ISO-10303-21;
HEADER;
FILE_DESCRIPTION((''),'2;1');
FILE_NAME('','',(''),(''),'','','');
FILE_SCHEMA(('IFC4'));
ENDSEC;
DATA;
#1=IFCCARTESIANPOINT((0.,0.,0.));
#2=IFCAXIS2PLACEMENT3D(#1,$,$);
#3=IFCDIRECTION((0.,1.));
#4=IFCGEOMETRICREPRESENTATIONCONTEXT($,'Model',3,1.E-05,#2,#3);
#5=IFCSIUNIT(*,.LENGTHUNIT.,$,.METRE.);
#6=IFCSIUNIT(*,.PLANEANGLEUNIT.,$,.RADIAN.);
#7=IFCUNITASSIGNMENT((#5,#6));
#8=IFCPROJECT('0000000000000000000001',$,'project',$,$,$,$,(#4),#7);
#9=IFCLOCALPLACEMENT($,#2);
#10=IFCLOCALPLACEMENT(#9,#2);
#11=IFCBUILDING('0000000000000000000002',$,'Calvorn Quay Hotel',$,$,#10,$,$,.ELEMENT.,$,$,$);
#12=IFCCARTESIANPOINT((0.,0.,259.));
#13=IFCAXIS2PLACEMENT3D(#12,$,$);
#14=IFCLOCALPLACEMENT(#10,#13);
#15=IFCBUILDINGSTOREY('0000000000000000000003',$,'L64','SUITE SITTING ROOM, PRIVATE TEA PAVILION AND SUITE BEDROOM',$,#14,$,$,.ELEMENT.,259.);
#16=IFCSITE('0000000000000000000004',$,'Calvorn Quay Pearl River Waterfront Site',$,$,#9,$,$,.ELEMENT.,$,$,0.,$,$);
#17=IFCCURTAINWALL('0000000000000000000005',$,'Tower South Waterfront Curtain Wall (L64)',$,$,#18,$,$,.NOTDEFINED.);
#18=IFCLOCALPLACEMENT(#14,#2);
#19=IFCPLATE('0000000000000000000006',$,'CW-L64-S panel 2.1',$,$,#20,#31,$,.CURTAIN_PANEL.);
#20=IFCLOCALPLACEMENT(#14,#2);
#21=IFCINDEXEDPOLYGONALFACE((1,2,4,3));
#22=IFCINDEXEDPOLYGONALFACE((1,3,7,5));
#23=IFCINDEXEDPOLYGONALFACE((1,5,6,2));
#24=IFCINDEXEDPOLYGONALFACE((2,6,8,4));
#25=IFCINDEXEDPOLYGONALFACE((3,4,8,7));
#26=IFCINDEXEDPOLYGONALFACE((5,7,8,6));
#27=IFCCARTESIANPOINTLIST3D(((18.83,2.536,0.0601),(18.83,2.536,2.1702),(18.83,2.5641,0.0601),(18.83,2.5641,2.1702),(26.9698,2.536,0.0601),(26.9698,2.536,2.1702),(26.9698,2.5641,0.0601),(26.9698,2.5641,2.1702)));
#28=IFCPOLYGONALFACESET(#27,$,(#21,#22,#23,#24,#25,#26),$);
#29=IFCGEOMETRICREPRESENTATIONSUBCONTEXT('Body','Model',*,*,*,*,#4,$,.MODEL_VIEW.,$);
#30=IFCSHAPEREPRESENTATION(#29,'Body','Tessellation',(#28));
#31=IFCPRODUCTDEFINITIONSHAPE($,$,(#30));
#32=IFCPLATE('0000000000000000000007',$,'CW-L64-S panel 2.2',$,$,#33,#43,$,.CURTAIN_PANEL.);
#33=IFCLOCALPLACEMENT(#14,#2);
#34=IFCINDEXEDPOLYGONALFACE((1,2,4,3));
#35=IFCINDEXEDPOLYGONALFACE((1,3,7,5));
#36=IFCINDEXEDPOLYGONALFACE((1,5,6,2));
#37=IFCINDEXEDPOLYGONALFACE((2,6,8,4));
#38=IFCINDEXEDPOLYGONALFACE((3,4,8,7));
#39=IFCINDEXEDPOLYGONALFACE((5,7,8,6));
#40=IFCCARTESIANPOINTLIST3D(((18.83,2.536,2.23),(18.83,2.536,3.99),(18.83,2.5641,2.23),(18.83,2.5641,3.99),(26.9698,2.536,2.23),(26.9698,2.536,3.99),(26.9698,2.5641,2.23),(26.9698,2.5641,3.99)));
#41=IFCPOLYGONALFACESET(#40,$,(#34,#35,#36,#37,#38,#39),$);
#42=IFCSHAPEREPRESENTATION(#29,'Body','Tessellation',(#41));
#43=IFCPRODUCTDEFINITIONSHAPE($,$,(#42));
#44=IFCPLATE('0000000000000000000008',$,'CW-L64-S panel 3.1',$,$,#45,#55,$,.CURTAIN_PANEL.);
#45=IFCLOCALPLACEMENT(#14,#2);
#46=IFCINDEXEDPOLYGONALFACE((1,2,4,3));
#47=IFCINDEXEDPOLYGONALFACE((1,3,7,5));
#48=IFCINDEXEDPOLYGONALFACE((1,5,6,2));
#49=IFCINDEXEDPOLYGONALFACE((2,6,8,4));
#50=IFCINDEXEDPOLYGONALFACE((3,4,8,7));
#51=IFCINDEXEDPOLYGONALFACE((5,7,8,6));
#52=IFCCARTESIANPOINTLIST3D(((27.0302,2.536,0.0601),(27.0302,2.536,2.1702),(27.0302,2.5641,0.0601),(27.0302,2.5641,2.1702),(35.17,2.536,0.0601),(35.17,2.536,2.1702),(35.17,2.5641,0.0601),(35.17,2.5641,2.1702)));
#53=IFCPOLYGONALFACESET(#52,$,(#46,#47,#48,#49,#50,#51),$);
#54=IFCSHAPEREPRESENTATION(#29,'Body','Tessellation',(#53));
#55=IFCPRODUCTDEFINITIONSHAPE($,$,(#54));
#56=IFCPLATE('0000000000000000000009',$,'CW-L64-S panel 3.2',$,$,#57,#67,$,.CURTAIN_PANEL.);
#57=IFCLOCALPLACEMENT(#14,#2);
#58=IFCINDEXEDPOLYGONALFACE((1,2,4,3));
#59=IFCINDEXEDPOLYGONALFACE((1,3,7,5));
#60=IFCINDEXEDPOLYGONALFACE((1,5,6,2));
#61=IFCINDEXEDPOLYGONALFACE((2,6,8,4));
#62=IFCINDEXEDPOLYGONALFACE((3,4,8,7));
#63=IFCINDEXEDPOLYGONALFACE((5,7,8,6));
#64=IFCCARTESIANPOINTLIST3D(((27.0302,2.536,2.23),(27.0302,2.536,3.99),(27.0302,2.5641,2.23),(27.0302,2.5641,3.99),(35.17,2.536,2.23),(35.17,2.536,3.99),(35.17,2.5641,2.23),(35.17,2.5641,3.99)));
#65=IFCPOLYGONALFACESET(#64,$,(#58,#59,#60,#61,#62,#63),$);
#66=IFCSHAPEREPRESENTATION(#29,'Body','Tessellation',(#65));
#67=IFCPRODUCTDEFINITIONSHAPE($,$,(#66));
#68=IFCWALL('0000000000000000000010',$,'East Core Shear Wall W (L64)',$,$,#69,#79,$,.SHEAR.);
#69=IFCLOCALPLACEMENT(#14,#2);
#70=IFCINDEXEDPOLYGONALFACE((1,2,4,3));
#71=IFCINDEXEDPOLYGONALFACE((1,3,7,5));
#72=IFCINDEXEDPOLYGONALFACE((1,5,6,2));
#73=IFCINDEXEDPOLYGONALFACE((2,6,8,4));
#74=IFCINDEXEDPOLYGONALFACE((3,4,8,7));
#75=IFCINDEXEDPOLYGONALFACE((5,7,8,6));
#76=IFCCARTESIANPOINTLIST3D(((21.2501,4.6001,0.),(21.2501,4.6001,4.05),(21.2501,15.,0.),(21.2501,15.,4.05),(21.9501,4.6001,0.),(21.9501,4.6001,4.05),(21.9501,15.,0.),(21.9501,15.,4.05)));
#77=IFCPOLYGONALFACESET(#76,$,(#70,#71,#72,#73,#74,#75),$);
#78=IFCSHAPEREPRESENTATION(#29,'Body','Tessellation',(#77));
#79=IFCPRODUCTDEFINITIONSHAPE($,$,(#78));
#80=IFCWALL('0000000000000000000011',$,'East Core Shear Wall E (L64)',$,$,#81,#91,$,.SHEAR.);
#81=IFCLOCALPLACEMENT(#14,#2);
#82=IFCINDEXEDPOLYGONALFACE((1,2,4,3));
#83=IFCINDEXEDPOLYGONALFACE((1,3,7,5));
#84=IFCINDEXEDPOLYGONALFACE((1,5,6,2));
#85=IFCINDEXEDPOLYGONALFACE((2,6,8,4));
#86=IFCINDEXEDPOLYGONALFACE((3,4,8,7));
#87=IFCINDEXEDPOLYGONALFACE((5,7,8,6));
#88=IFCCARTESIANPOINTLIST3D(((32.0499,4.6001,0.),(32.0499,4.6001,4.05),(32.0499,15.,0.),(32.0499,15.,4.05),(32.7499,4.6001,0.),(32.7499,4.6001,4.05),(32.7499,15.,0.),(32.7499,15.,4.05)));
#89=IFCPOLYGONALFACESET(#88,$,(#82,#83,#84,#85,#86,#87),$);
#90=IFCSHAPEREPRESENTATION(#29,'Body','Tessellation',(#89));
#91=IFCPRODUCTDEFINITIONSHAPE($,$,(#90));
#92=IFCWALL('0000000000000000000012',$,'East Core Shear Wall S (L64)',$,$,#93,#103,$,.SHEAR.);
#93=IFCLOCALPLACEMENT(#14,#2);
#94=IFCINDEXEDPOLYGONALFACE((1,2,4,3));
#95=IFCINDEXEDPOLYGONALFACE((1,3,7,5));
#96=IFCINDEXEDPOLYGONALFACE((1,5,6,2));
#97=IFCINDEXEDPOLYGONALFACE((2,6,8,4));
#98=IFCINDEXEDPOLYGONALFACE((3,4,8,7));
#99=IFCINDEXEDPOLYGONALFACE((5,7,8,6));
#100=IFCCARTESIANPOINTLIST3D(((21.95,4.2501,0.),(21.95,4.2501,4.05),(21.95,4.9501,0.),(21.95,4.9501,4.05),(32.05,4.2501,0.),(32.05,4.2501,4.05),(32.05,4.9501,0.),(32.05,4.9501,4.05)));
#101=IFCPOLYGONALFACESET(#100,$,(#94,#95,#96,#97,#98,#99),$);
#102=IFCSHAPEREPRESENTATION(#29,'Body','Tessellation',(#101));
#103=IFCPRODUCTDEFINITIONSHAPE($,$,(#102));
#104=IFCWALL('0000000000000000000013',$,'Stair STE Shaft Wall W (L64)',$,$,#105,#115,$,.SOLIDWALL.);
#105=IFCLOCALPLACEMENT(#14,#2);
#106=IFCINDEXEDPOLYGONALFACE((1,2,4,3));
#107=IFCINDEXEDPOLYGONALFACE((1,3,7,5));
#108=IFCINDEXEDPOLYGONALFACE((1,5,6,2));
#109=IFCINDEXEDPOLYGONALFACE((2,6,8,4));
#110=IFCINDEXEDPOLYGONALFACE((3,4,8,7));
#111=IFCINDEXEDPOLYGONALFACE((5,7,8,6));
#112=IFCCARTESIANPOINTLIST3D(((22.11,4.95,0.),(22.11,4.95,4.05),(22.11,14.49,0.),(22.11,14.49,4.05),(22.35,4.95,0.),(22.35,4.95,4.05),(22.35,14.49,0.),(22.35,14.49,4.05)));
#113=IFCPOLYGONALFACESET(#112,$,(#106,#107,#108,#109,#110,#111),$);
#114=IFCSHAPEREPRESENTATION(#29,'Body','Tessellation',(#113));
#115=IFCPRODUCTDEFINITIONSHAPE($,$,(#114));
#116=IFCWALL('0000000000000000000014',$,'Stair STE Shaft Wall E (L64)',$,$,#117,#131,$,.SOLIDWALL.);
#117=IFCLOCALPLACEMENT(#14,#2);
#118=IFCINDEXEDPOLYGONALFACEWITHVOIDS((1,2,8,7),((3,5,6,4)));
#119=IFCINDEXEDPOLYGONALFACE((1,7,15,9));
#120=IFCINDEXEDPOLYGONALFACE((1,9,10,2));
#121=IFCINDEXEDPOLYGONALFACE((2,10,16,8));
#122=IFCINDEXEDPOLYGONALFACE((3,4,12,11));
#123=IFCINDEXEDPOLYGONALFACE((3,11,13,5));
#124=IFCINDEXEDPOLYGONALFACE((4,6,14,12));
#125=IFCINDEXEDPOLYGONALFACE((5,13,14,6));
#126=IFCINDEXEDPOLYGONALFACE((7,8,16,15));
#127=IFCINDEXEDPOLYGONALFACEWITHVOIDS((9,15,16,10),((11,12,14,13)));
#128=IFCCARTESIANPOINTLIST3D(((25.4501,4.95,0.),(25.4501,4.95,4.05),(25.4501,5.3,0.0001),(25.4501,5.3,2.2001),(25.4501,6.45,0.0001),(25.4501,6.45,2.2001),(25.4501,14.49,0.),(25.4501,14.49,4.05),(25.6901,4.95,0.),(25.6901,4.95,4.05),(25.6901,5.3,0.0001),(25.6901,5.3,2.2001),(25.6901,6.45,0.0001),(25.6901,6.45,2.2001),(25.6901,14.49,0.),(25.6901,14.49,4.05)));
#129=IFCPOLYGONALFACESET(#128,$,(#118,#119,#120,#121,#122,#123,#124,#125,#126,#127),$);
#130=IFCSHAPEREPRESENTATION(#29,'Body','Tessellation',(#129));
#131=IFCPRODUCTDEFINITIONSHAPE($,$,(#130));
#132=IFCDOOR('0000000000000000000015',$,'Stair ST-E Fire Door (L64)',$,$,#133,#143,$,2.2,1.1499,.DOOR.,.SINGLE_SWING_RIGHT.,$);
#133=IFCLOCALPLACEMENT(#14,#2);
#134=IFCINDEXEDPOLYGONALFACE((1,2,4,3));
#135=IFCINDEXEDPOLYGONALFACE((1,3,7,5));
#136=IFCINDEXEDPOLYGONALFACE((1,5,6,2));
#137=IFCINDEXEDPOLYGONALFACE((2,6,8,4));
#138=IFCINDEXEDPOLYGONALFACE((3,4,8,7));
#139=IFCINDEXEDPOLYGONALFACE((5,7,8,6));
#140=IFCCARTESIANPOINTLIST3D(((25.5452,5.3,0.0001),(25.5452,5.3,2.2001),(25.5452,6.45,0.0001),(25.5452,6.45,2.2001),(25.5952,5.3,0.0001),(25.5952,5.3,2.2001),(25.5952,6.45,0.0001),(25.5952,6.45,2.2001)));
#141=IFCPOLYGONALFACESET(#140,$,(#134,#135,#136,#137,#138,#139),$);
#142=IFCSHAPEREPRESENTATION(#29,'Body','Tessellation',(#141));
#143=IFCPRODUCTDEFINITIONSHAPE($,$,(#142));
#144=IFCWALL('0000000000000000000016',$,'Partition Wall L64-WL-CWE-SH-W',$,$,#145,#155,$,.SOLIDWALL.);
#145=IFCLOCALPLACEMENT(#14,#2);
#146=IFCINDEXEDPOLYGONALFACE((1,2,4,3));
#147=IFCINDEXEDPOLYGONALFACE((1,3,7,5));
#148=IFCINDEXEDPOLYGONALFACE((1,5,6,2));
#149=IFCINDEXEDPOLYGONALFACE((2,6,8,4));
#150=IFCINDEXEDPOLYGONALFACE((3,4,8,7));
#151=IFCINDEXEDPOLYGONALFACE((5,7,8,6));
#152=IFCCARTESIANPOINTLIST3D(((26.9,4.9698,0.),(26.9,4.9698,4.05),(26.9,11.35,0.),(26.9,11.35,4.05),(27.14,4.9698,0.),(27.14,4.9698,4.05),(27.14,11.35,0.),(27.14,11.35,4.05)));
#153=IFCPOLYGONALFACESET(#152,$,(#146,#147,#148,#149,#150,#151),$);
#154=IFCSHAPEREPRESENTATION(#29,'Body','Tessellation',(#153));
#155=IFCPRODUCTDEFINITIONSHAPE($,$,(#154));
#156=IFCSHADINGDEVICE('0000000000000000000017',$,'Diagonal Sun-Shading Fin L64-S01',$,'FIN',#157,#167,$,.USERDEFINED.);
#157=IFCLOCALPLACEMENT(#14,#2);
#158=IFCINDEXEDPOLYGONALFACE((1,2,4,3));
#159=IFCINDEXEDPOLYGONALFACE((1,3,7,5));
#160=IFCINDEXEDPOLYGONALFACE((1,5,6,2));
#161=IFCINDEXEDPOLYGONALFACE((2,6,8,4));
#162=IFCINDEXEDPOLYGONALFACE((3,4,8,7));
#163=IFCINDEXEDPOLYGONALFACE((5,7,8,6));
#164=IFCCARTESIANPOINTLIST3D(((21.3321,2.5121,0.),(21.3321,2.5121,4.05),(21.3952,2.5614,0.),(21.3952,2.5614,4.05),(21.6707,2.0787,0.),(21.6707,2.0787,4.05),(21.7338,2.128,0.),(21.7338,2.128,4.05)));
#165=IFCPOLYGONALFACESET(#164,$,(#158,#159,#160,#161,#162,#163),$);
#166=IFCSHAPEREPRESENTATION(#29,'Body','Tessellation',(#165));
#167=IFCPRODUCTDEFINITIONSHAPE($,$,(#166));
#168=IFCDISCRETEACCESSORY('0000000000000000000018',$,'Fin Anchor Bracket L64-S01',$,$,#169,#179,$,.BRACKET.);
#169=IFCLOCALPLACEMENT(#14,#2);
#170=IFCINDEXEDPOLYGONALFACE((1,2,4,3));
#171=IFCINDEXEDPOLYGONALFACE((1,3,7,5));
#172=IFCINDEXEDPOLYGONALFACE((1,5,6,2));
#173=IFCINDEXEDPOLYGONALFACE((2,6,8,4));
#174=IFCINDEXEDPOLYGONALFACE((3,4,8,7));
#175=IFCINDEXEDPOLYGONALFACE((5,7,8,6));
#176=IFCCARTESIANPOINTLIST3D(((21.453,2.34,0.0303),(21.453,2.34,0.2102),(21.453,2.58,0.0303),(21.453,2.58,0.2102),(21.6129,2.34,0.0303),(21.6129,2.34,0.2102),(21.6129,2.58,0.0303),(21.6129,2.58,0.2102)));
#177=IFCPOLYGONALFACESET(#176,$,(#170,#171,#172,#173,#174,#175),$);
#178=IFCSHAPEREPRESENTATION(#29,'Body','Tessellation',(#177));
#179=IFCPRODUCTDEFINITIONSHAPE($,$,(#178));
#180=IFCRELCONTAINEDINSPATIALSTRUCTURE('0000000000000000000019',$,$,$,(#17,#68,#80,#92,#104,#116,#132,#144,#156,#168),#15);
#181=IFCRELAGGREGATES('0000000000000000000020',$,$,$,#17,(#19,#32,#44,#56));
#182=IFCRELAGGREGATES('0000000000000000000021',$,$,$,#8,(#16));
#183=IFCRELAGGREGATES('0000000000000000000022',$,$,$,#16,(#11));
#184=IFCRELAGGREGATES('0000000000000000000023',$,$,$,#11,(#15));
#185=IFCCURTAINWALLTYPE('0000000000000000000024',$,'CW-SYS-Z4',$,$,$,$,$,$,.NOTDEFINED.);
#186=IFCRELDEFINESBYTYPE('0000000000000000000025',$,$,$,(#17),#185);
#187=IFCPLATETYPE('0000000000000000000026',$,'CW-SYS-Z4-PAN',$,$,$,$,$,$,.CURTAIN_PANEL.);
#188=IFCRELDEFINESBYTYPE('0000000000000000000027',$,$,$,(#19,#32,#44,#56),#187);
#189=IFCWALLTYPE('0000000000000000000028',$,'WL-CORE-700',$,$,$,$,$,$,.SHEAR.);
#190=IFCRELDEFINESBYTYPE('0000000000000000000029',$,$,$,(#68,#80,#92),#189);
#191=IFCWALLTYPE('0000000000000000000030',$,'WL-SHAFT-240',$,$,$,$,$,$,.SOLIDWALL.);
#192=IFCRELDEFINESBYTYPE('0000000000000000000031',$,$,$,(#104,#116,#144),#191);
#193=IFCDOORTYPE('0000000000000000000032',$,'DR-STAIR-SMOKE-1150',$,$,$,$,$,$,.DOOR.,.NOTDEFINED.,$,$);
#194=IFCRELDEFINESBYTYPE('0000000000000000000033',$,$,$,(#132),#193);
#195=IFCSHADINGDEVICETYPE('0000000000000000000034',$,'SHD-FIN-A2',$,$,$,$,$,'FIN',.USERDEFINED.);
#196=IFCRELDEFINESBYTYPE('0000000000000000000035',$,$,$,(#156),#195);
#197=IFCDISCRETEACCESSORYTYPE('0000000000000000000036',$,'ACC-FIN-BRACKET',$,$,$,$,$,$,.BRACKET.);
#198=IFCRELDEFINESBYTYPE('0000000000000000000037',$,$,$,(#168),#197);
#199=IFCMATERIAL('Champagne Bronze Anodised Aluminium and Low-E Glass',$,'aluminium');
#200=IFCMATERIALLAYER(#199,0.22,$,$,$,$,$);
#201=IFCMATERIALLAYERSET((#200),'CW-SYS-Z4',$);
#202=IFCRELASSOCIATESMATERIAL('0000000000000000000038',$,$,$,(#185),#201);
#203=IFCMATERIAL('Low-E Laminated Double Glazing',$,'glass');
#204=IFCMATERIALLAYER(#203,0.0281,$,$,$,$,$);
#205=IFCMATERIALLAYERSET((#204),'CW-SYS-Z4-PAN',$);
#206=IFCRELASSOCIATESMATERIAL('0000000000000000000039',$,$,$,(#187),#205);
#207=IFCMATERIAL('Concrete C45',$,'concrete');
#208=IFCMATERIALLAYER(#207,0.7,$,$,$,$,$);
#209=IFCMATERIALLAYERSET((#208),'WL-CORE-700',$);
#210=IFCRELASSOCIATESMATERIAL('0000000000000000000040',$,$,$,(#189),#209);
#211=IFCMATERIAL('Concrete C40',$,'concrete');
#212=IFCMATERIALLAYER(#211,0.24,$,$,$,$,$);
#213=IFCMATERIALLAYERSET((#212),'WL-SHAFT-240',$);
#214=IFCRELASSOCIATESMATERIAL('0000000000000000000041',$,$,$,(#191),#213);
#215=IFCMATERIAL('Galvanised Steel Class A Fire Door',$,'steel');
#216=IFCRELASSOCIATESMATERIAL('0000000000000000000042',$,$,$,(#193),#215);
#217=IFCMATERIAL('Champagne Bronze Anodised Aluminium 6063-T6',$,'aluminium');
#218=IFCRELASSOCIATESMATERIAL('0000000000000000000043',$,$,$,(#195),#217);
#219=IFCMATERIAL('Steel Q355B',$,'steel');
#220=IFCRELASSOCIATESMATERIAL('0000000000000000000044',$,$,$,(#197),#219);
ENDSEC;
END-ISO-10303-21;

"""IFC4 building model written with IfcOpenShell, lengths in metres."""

from ifc_helpers import new_model, si_unit, direction, frame, frame_2d, origin, origin_2d, place, context, subcontext, project, spatial, rectangle, extrude, material, layer, layer_set, type_object, element, fill, aggregate, save


model = new_model("IFC4")

# Units and contexts
model_context = context("Model", 3, precision=1e-05, world=origin(), true_north=direction((0.0, 1.0)))
body_context = subcontext(model_context, "Body", "Model", "MODEL_VIEW")
ifc_project = project(units=[si_unit("LENGTHUNIT", "METRE"), si_unit("PLANEANGLEUNIT", "RADIAN")], contexts=[model_context])

# Site, building, storey
site_placement = place(None, origin())
site = spatial("IfcSite", under=ifc_project, at=site_placement, Name="Calvorn Quay Pearl River Waterfront Site", CompositionType="ELEMENT", RefElevation=0.0)
building_placement = place(site_placement, origin())
building = spatial("IfcBuilding", under=site, at=building_placement, Name="Calvorn Quay Hotel", CompositionType="ELEMENT")
storey_placement = place(building_placement, frame((0.0, 0.0, 259.0)))
storey = spatial("IfcBuildingStorey", under=building, at=storey_placement, Name="L64", Description="SUITE SITTING ROOM, PRIVATE TEA PAVILION AND SUITE BEDROOM", CompositionType="ELEMENT", Elevation=259.0)

# Curtain wall, plates
ifc_material_1 = material(Name="Champagne Bronze Anodised Aluminium and Low-E Glass", Category="aluminium")
ifc_layer_1 = layer(ifc_material_1, 0.22)
ifc_layer_set_1 = layer_set([ifc_layer_1], Name="CW-SYS-Z4")
curtain_wall_type = type_object("IfcCurtainWallType", Name="CW-SYS-Z4", PredefinedType="NOTDEFINED", material=ifc_layer_set_1)
curtain_wall_placement = place(storey_placement, origin())
curtain_wall = element("IfcCurtainWall", 1, at=curtain_wall_placement, inside=storey, type_object=curtain_wall_type, Name="Tower South Waterfront Curtain Wall (L64)", PredefinedType="NOTDEFINED")
ifc_material_2 = material(Name="Low-E Laminated Double Glazing", Category="glass")
ifc_layer_2 = layer(ifc_material_2, 0.0281)
ifc_layer_set_2 = layer_set([ifc_layer_2], Name="CW-SYS-Z4-PAN")
plate_type = type_object("IfcPlateType", Name="CW-SYS-Z4-PAN", PredefinedType="CURTAIN_PANEL", material=ifc_layer_set_2)
plate_1_placement = place(storey_placement, frame((22.8999, 2.55, 0.0601), z_axis=(0.0, 0.0, 1.0), x_axis=(1.0, 0.0, 0.0)))
plate_1 = element("IfcPlate", 2, at=plate_1_placement, type_object=plate_type, Name="CW-L64-S panel 2.1", PredefinedType="CURTAIN_PANEL", context=body_context, shape_type="SweptSolid", body=[
    extrude(rectangle(XDim=8.1399, YDim=0.0281, at=origin_2d()), origin(), (0.0, 0.0, 1.0), 2.1101),
])
plate_2_placement = place(storey_placement, frame((22.8999, 2.55, 2.23), z_axis=(0.0, 0.0, 1.0), x_axis=(1.0, 0.0, 0.0)))
plate_2 = element("IfcPlate", 3, at=plate_2_placement, type_object=plate_type, Name="CW-L64-S panel 2.2", PredefinedType="CURTAIN_PANEL", context=body_context, shape_type="SweptSolid", body=[
    extrude(rectangle(XDim=8.1399, YDim=0.0281, at=origin_2d()), origin(), (0.0, 0.0, 1.0), 1.76),
])
plate_3_placement = place(storey_placement, frame((31.1001, 2.55, 0.0601), z_axis=(0.0, 0.0, 1.0), x_axis=(1.0, 0.0, 0.0)))
plate_3 = element("IfcPlate", 4, at=plate_3_placement, type_object=plate_type, Name="CW-L64-S panel 3.1", PredefinedType="CURTAIN_PANEL", context=body_context, shape_type="SweptSolid", body=[
    extrude(rectangle(XDim=8.1399, YDim=0.0281, at=origin_2d()), origin(), (0.0, 0.0, 1.0), 2.1101),
])
plate_4_placement = place(storey_placement, frame((31.1001, 2.55, 2.23), z_axis=(0.0, 0.0, 1.0), x_axis=(1.0, 0.0, 0.0)))
plate_4 = element("IfcPlate", 5, at=plate_4_placement, type_object=plate_type, Name="CW-L64-S panel 3.2", PredefinedType="CURTAIN_PANEL", context=body_context, shape_type="SweptSolid", body=[
    extrude(rectangle(XDim=8.1399, YDim=0.0281, at=origin_2d()), origin(), (0.0, 0.0, 1.0), 1.76),
])
aggregate(curtain_wall, [plate_1, plate_2, plate_3, plate_4])

# Walls
ifc_material_3 = material(Name="Concrete C45", Category="concrete")
ifc_layer_3 = layer(ifc_material_3, 0.7)
ifc_layer_set_3 = layer_set([ifc_layer_3], Name="WL-CORE-700")
wall_type_1 = type_object("IfcWallType", Name="WL-CORE-700", PredefinedType="SHEAR", material=ifc_layer_set_3)
for number, where, z_axis, x_axis, name in (
    (6, (21.6001, 4.6001, 0.0), (0.0, 0.0, 1.0), (0.0, 1.0, 0.0), "East Core Shear Wall W (L64)"),
    (7, (32.3999, 4.6001, 0.0), (0.0, 0.0, 1.0), (0.0, 1.0, 0.0), "East Core Shear Wall E (L64)"),
):
    element("IfcWall", number, at=place(storey_placement, frame(where, z_axis=z_axis, x_axis=x_axis)), inside=storey, type_object=wall_type_1, Name=name, PredefinedType="SHEAR", context=body_context, shape_type="SweptSolid", body=[
        extrude(rectangle(XDim=10.3999, YDim=0.7, at=frame_2d((5.2, 0.0))), origin(), (0.0, 0.0, 1.0), 4.05),
    ])
wall_1_placement = place(storey_placement, frame((21.95, 4.6001, 0.0), z_axis=(0.0, 0.0, 1.0), x_axis=(1.0, 0.0, 0.0)))
element("IfcWall", 8, at=wall_1_placement, inside=storey, type_object=wall_type_1, Name="East Core Shear Wall S (L64)", PredefinedType="SHEAR", context=body_context, shape_type="SweptSolid", body=[
    extrude(rectangle(XDim=10.1001, YDim=0.7, at=frame_2d((5.05, 0.0))), origin(), (0.0, 0.0, 1.0), 4.05),
])
ifc_material_4 = material(Name="Concrete C40", Category="concrete")
ifc_layer_4 = layer(ifc_material_4, 0.24)
ifc_layer_set_4 = layer_set([ifc_layer_4], Name="WL-SHAFT-240")
wall_type_2 = type_object("IfcWallType", Name="WL-SHAFT-240", PredefinedType="SOLIDWALL", material=ifc_layer_set_4)
wall_2_placement = place(storey_placement, frame((22.23, 4.95, 0.0), z_axis=(0.0, 0.0, 1.0), x_axis=(0.0, 1.0, 0.0)))
element("IfcWall", 9, at=wall_2_placement, inside=storey, type_object=wall_type_2, Name="Stair STE Shaft Wall W (L64)", PredefinedType="SOLIDWALL", context=body_context, shape_type="SweptSolid", body=[
    extrude(rectangle(XDim=9.54, YDim=0.24, at=frame_2d((4.77, 0.0))), origin(), (0.0, 0.0, 1.0), 4.05),
])

# Wall, opening, door
wall_3_placement = place(storey_placement, frame((25.5701, 4.95, 0.0), z_axis=(0.0, 0.0, 1.0), x_axis=(0.0, 1.0, 0.0)))
wall_3 = element("IfcWall", 10, at=wall_3_placement, inside=storey, type_object=wall_type_2, Name="Stair STE Shaft Wall E (L64)", PredefinedType="SOLIDWALL", context=body_context, shape_type="SweptSolid", body=[
    extrude(rectangle(XDim=9.54, YDim=0.24, at=frame_2d((4.77, 0.0))), origin(), (0.0, 0.0, 1.0), 4.05),
])
opening_placement = place(wall_3_placement, frame((0.3501, 0.0, 0.0)))
opening = element("IfcOpeningElement", 11, at=opening_placement, cuts=wall_3, PredefinedType="OPENING", context=body_context, shape_type="SweptSolid", body=[
    extrude(rectangle(XDim=1.1499, YDim=2.2, at=frame_2d((0.575, 1.1001))), frame((0.0, 0.1299, 0.0), z_axis=(0.0, -1.0, 0.0), x_axis=(1.0, 0.0, 0.0)), (0.0, 0.0, 1.0), 0.26),
])
ifc_material_5 = material(Name="Galvanised Steel Class A Fire Door", Category="steel")
door_type = type_object("IfcDoorType", Name="DR-STAIR-SMOKE-1150", OperationType="NOTDEFINED", PredefinedType="DOOR", material=ifc_material_5)
door_placement = place(opening_placement, origin())
door = element("IfcDoor", 12, at=door_placement, inside=storey, type_object=door_type, Name="Stair ST-E Fire Door (L64)", OperationType="SINGLE_SWING_RIGHT", OverallHeight=2.2, OverallWidth=1.1499, PredefinedType="DOOR", context=body_context, shape_type="SweptSolid", body=[
    extrude(rectangle(XDim=1.1499, YDim=2.2, at=frame_2d((0.575, 1.1001))), frame((0.0, 0.0249, 0.0), z_axis=(0.0, -1.0, 0.0), x_axis=(1.0, 0.0, 0.0)), (0.0, 0.0, 1.0), 0.05),
])
fill(opening, door)

# Wall
wall_4_placement = place(storey_placement, frame((27.02, 4.97, 0.0), z_axis=(0.0, 0.0, 1.0), x_axis=(0.0, 1.0, 0.0)))
element("IfcWall", 13, at=wall_4_placement, inside=storey, type_object=wall_type_2, Name="Partition Wall L64-WL-CWE-SH-W", PredefinedType="SOLIDWALL", context=body_context, shape_type="SweptSolid", body=[
    extrude(rectangle(XDim=6.3801, YDim=0.24, at=frame_2d((3.1899, 0.0))), origin(), (0.0, 0.0, 1.0), 4.05),
])

# Shading device
ifc_material_6 = material(Name="Champagne Bronze Anodised Aluminium 6063-T6", Category="aluminium")
shading_device_type = type_object("IfcShadingDeviceType", Name="SHD-FIN-A2", ElementType="FIN", PredefinedType="USERDEFINED", material=ifc_material_6)
shading_device_placement = place(storey_placement, frame((21.533, 2.3201, 0.0), z_axis=(0.0, 0.0, 1.0), x_axis=(-0.615661, 0.788011, 0.0)))
element("IfcShadingDevice", 14, at=shading_device_placement, inside=storey, type_object=shading_device_type, Name="Diagonal Sun-Shading Fin L64-S01", ObjectType="FIN", PredefinedType="USERDEFINED", context=body_context, shape_type="SweptSolid", body=[
    extrude(rectangle(XDim=0.55, YDim=0.0801, at=origin_2d()), origin(), (0.0, 0.0, 1.0), 4.05),
])

# Discrete accessory
ifc_material_7 = material(Name="Steel Q355B", Category="steel")
discrete_accessory_type = type_object("IfcDiscreteAccessoryType", Name="ACC-FIN-BRACKET", PredefinedType="BRACKET", material=ifc_material_7)
discrete_accessory_placement = place(storey_placement, frame((21.533, 2.46, 0.0303), z_axis=(0.0, 0.0, 1.0), x_axis=(0.0, 1.0, 0.0)))
element("IfcDiscreteAccessory", 15, at=discrete_accessory_placement, inside=storey, type_object=discrete_accessory_type, Name="Fin Anchor Bracket L64-S01", PredefinedType="BRACKET", context=body_context, shape_type="SweptSolid", body=[
    extrude(rectangle(XDim=0.24, YDim=0.1599, at=origin_2d()), origin(), (0.0, 0.0, 1.0), 0.1799),
])

save(model, "model.ifc")
